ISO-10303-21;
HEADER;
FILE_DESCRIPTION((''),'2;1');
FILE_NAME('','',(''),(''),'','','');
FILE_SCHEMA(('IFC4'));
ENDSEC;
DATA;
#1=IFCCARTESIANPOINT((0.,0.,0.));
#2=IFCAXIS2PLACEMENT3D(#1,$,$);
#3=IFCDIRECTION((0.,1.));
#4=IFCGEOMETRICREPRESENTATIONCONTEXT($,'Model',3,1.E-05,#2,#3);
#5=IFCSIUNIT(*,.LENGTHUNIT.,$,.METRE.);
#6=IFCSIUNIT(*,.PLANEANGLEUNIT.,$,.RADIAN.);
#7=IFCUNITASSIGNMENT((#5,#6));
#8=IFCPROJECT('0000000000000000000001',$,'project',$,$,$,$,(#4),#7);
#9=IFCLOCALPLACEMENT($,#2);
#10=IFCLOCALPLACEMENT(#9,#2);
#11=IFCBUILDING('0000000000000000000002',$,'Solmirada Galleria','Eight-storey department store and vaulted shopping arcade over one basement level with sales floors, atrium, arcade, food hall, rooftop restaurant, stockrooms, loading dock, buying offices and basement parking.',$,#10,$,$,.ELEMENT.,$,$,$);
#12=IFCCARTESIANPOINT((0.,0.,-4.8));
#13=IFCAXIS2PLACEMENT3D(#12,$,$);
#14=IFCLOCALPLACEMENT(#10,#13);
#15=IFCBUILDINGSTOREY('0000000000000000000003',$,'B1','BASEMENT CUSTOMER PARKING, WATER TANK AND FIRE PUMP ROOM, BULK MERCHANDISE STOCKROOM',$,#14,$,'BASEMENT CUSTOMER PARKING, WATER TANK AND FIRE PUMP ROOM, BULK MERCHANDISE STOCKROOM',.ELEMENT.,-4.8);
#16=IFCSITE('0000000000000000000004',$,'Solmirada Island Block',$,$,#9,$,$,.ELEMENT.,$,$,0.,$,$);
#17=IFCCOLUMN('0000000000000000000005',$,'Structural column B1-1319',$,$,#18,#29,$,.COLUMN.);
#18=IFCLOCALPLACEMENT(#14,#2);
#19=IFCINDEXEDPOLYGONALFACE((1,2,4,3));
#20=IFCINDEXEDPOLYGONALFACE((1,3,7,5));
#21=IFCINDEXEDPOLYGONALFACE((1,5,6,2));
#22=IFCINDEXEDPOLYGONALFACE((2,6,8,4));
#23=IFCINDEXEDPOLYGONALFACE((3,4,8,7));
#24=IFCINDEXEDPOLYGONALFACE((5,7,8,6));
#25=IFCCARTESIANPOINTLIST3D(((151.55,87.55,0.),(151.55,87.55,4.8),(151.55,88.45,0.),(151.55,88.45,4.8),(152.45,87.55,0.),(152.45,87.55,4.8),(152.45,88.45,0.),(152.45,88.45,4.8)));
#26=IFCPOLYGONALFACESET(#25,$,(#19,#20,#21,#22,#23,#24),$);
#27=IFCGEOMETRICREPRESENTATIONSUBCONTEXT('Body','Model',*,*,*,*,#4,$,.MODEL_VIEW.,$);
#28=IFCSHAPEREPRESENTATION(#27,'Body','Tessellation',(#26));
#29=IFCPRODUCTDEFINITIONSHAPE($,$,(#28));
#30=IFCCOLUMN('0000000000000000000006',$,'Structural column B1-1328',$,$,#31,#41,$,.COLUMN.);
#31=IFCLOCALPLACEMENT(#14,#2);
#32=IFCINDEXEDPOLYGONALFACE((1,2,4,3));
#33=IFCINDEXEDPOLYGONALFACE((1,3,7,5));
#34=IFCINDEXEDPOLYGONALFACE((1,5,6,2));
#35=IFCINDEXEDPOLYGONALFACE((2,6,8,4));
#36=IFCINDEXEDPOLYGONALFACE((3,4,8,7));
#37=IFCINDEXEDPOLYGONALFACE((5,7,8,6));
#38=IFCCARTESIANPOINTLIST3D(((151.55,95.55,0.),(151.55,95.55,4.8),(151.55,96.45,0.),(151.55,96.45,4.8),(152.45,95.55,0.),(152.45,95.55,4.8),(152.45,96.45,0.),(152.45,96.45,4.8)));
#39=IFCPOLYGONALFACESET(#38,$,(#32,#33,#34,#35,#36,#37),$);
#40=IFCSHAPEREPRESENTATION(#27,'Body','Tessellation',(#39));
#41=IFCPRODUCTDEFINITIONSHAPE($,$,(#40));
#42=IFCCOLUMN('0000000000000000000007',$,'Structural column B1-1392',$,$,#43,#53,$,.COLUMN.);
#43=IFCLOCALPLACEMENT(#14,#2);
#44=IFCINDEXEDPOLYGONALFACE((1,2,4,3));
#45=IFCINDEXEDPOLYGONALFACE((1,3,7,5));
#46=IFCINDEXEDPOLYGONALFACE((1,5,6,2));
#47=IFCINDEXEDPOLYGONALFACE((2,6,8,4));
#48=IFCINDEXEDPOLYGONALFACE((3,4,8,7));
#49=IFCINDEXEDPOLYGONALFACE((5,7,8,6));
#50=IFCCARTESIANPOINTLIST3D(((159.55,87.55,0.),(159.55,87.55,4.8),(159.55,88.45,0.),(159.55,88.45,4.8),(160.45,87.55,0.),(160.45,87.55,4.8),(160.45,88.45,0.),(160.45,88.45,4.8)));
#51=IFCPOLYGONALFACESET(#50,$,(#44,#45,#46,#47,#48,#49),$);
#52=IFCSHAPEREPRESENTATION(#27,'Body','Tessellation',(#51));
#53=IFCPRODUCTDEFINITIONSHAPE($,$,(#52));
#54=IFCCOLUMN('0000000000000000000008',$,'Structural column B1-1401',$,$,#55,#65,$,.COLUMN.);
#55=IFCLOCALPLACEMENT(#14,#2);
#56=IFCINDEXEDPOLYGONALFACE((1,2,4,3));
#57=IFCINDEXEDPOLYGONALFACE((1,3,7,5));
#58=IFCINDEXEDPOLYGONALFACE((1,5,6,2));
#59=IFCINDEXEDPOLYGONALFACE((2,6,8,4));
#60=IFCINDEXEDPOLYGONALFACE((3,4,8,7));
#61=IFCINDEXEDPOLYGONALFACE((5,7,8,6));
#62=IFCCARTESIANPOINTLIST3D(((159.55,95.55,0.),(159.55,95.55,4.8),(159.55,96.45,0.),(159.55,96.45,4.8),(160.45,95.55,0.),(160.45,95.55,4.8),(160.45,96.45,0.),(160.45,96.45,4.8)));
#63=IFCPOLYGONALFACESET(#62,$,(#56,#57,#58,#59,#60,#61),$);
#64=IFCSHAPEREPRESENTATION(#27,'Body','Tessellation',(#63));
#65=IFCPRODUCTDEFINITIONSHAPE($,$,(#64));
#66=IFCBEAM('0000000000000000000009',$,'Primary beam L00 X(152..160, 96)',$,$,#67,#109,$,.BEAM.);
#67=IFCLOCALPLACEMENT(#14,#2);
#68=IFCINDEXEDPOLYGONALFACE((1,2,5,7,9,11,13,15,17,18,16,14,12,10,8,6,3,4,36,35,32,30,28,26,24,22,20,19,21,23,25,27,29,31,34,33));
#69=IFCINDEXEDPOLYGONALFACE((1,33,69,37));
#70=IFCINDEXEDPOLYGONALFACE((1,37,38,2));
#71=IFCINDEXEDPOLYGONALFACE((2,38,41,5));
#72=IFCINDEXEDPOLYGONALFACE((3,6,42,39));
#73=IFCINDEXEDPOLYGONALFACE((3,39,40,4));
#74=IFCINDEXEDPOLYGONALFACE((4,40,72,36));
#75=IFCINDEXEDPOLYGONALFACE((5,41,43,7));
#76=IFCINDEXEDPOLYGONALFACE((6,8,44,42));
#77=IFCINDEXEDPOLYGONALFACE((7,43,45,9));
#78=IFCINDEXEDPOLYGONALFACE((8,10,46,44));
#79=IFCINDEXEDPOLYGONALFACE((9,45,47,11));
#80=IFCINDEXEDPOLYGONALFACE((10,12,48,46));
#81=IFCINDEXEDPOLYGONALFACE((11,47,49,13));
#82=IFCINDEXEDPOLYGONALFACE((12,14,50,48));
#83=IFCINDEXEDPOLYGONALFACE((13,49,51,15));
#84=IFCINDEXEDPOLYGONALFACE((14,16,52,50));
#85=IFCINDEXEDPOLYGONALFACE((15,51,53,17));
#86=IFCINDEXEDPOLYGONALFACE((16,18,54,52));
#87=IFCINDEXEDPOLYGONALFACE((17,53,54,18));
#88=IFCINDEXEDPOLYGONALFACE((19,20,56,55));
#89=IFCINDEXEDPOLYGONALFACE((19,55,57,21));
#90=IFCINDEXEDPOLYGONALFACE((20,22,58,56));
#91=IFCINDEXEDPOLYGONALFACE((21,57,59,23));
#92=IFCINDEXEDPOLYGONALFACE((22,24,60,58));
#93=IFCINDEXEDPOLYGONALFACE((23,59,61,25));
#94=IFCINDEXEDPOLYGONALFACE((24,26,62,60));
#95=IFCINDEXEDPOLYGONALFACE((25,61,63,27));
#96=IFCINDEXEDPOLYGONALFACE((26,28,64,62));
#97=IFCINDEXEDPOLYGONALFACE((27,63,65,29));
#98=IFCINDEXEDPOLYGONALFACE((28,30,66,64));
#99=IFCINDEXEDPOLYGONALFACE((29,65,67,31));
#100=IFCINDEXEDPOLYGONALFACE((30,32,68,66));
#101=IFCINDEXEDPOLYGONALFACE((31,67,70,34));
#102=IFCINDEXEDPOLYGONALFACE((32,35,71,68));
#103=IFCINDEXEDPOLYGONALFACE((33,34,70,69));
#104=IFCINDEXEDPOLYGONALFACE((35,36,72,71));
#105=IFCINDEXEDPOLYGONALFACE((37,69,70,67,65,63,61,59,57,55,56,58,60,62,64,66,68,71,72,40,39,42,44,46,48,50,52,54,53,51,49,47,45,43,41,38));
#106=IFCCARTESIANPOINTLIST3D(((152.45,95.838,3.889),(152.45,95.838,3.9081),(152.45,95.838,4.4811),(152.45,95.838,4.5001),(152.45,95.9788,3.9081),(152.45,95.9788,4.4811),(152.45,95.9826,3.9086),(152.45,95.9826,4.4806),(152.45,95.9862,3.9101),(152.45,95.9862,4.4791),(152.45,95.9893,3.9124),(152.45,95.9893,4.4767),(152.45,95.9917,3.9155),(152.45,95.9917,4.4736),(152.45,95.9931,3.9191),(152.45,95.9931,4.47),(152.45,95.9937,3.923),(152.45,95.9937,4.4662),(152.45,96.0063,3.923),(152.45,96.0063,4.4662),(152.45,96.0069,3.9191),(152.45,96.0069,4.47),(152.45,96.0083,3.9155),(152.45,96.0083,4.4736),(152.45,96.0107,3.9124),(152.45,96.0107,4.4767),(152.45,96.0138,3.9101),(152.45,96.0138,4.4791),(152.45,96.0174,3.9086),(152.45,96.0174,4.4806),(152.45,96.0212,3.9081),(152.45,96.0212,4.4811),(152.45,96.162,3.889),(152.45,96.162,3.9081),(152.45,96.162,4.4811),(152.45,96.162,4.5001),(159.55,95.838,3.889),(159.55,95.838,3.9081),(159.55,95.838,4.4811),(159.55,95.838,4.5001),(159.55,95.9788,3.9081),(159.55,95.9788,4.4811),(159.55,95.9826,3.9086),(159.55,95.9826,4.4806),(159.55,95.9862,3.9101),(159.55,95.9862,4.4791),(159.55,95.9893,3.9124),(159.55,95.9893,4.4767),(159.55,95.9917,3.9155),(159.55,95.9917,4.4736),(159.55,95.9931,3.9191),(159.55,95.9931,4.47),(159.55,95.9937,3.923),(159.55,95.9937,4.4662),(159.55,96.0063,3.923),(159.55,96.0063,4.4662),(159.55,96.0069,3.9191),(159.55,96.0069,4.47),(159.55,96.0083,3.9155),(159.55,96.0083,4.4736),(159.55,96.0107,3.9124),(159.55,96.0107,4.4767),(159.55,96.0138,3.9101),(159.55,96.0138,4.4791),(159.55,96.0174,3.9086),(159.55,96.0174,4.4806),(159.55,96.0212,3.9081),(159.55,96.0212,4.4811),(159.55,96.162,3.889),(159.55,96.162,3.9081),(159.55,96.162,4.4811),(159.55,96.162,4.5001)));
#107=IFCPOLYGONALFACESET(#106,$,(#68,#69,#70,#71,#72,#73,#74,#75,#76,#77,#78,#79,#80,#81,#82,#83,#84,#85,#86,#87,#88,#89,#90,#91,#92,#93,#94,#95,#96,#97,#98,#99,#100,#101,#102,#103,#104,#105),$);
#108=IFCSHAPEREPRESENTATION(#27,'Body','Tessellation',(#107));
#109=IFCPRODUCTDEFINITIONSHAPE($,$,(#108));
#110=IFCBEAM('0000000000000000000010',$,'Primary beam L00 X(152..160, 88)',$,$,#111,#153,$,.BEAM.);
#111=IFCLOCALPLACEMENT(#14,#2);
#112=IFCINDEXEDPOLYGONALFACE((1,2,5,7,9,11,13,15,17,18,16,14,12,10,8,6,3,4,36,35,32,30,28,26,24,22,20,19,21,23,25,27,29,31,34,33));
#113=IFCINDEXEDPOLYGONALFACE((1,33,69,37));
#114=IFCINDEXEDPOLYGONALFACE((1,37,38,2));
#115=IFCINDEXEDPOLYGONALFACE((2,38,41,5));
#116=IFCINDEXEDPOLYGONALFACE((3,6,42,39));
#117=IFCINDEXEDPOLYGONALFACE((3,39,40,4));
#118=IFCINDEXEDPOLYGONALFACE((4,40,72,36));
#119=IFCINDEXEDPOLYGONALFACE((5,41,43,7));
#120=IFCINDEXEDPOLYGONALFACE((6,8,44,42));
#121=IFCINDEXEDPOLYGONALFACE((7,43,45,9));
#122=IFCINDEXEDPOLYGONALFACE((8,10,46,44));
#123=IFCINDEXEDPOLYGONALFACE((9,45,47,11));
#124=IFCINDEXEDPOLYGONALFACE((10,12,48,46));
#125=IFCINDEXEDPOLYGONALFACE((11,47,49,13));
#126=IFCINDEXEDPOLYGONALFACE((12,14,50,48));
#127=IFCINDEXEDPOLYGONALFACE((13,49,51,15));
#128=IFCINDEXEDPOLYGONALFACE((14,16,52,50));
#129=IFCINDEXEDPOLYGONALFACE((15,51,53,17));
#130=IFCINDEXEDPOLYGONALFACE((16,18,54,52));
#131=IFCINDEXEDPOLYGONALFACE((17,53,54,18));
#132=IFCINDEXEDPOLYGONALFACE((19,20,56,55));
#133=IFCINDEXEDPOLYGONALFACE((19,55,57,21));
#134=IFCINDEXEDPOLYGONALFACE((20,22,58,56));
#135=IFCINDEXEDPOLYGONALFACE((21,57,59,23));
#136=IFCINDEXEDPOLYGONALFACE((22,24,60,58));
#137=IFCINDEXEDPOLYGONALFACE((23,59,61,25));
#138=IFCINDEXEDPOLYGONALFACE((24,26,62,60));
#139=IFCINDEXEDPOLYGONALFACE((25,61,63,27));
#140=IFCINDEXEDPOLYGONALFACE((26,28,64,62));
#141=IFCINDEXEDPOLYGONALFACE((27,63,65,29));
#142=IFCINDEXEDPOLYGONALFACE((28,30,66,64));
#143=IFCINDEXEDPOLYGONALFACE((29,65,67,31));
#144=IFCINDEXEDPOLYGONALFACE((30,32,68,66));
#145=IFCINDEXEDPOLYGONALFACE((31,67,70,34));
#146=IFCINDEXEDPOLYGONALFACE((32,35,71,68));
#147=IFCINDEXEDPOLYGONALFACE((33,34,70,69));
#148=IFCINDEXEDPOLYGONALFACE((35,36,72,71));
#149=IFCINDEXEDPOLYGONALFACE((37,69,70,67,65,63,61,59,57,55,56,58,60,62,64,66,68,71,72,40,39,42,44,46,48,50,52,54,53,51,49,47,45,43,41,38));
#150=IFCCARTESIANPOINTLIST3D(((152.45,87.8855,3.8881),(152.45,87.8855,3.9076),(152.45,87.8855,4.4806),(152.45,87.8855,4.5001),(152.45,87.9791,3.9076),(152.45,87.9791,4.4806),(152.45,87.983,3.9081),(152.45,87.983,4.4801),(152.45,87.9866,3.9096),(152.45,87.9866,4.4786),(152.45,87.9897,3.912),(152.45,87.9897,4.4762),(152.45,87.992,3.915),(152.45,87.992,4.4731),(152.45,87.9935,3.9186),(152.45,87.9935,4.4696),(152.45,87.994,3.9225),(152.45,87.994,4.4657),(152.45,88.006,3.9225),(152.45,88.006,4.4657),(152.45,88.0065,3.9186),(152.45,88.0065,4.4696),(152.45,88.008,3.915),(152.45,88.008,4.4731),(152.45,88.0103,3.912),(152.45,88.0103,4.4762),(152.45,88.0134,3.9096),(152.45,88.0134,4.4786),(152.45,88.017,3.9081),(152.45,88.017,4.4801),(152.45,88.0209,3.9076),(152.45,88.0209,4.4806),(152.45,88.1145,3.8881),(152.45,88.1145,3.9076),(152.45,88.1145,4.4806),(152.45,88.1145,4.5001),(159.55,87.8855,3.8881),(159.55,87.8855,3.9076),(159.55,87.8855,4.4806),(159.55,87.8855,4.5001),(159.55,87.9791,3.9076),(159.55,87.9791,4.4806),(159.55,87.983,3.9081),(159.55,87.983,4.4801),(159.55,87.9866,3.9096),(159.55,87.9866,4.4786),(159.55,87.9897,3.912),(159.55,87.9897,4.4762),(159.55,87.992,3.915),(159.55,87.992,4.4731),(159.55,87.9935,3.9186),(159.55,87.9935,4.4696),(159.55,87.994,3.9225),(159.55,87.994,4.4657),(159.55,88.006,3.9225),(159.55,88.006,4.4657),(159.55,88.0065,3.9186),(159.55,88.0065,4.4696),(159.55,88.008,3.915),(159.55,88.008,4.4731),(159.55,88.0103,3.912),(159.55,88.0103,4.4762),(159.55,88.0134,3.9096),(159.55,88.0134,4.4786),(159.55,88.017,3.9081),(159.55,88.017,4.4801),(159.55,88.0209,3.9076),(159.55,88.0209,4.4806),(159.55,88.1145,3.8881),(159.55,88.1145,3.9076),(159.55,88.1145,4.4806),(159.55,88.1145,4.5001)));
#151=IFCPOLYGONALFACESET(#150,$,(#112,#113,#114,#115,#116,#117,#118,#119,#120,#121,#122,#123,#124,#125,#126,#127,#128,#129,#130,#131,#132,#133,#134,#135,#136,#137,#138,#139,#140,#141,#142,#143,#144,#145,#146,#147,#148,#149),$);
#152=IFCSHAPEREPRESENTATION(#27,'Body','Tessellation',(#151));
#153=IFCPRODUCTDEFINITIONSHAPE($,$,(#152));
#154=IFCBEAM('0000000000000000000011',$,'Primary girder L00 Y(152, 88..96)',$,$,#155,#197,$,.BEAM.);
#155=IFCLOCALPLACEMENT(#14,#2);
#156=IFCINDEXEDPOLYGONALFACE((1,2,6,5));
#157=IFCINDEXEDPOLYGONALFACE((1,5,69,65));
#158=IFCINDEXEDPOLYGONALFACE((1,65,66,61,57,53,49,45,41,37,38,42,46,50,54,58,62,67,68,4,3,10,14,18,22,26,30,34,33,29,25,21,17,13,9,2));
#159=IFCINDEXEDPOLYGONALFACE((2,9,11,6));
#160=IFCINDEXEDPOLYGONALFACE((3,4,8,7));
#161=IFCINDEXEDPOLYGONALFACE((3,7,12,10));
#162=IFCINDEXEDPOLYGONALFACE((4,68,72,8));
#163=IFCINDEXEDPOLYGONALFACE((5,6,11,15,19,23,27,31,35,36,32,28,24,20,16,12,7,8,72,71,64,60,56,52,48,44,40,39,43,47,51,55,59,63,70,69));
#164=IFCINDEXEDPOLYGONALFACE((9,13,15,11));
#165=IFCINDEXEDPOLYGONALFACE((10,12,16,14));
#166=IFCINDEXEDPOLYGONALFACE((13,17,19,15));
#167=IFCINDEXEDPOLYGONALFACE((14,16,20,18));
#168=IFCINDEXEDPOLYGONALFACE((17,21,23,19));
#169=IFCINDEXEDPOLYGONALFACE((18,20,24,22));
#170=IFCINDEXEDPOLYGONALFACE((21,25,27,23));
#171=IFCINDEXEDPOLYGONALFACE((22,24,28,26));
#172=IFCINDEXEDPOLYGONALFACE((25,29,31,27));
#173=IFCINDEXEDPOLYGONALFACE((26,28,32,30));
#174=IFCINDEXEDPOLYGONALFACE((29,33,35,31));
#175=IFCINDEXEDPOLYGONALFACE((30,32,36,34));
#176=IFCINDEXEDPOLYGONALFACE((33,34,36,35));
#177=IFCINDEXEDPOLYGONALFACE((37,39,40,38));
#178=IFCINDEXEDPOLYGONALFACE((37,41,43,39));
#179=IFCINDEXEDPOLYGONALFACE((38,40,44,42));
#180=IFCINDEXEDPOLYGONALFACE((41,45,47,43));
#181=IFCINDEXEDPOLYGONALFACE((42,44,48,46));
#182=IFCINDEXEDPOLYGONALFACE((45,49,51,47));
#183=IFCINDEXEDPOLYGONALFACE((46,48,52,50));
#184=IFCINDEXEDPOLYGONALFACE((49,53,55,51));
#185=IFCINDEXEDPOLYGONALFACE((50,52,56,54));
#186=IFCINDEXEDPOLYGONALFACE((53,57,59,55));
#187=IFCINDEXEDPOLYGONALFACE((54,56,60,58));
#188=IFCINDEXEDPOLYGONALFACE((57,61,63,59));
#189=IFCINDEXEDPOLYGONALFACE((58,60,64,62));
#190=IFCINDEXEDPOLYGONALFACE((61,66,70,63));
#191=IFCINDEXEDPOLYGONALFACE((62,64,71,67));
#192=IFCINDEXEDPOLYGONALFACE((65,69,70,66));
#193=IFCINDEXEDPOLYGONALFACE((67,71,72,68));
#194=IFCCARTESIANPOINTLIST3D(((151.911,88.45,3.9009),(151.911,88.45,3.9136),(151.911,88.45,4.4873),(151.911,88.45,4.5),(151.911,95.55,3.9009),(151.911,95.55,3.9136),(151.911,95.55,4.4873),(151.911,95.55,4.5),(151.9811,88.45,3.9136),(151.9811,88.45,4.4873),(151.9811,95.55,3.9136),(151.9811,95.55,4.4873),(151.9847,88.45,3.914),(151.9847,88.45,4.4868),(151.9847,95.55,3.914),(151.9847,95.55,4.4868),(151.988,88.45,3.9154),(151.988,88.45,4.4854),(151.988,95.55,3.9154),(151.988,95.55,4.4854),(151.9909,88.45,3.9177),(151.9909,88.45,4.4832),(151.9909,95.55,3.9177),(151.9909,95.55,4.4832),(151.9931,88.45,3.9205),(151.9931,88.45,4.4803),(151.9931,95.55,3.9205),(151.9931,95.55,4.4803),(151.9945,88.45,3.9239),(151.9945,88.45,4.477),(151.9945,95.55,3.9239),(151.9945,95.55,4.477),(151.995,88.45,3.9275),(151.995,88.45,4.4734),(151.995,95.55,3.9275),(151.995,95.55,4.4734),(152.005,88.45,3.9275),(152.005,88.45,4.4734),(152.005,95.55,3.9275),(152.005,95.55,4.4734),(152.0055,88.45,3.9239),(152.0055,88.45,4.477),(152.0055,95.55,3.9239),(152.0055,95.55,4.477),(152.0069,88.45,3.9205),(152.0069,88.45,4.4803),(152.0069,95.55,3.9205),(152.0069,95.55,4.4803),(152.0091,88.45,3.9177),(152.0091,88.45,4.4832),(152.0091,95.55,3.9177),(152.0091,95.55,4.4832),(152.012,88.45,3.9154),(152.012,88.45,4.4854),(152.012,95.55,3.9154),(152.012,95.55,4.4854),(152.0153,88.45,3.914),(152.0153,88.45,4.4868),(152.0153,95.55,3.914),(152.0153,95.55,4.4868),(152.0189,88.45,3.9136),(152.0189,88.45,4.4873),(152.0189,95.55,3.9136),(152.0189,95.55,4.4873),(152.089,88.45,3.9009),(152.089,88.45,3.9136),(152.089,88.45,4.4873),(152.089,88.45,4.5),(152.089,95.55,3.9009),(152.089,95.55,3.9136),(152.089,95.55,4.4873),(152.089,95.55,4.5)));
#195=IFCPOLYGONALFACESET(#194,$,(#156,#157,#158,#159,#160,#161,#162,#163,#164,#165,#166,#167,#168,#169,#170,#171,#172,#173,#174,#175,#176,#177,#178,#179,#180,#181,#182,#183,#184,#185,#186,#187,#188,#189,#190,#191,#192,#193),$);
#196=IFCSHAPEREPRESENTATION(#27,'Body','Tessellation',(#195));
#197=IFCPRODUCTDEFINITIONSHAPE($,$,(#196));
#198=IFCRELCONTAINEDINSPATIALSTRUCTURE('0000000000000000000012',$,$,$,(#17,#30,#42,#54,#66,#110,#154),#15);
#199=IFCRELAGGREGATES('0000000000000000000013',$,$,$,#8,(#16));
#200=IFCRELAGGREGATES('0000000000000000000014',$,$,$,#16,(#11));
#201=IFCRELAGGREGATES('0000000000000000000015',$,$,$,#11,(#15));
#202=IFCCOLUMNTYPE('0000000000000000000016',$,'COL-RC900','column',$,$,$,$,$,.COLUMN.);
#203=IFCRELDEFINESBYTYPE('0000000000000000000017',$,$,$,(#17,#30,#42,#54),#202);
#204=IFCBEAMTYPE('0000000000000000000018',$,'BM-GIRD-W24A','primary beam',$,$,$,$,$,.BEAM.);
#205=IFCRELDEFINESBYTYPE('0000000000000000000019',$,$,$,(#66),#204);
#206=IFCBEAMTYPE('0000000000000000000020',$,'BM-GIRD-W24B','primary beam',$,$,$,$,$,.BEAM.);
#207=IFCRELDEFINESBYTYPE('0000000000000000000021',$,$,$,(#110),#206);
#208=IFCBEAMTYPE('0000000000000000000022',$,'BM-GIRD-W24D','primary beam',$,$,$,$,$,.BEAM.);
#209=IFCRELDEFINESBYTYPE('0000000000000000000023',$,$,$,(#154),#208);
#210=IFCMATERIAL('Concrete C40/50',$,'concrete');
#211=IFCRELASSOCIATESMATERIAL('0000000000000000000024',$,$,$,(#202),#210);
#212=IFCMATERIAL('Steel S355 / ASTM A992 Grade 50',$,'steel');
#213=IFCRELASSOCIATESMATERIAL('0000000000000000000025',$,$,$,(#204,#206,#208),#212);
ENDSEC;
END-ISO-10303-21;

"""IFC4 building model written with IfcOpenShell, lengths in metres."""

from ifc_helpers import new_model, si_unit, direction, frame, origin, origin_2d, place, context, subcontext, project, spatial, rectangle, i_section, extrude, material, material_profile, profile_set, type_object, element, save


model = new_model("IFC4")

# Units and contexts
model_context = context("Model", 3, precision=1e-05, world=origin(), true_north=direction((0.0, 1.0)))
body_context = subcontext(model_context, "Body", "Model", "MODEL_VIEW")
ifc_project = project(units=[si_unit("LENGTHUNIT", "METRE"), si_unit("PLANEANGLEUNIT", "RADIAN")], contexts=[model_context])

# Site, building, storey
site_placement = place(None, origin())
site = spatial("IfcSite", under=ifc_project, at=site_placement, Name="Solmirada Island Block", CompositionType="ELEMENT", RefElevation=0.0)
building_placement = place(site_placement, origin())
building = spatial("IfcBuilding", under=site, at=building_placement, Name="Solmirada Galleria", Description="Eight-storey department store and vaulted shopping arcade over one basement level with sales floors, atrium, arcade, food hall, rooftop restaurant, stockrooms, loading dock, buying offices and basement parking.", CompositionType="ELEMENT")
storey_placement = place(building_placement, frame((0.0, 0.0, -4.8)))
storey = spatial("IfcBuildingStorey", under=building, at=storey_placement, Name="B1", Description="BASEMENT CUSTOMER PARKING, WATER TANK AND FIRE PUMP ROOM, BULK MERCHANDISE STOCKROOM", LongName="BASEMENT CUSTOMER PARKING, WATER TANK AND FIRE PUMP ROOM, BULK MERCHANDISE STOCKROOM", CompositionType="ELEMENT", Elevation=-4.8)

# Shared definitions
ifc_material_1 = material(Name="Concrete C40/50", Category="concrete")

# Columns
ifc_material_profile_1 = material_profile(ifc_material_1, rectangle(XDim=0.8999, YDim=0.8999, at=origin_2d()), Name="RC900X900")
ifc_profile_set_1 = profile_set([ifc_material_profile_1], Name="Concrete C40/50")
column_type = type_object("IfcColumnType", Name="COL-RC900", Description="column", PredefinedType="COLUMN", material=ifc_profile_set_1)
for number, where, z_axis, x_axis, name in (
    (1, (152.0, 88.0, 0.0), (0.0, 0.0, 1.0), (1.0, 0.0, 0.0), "Structural column B1-1319"),
    (2, (152.0, 96.0, 0.0), (0.0, 0.0, 1.0), (1.0, 0.0, 0.0), "Structural column B1-1328"),
    (3, (160.0, 88.0, 0.0), (0.0, 0.0, 1.0), (1.0, 0.0, 0.0), "Structural column B1-1392"),
    (4, (160.0, 96.0, 0.0), (0.0, 0.0, 1.0), (1.0, 0.0, 0.0), "Structural column B1-1401"),
):
    element("IfcColumn", number, at=place(storey_placement, frame(where, z_axis=z_axis, x_axis=x_axis)), inside=storey, type_object=column_type, Name=name, PredefinedType="COLUMN", context=body_context, shape_type="SweptSolid", body=[
        extrude(rectangle(XDim=0.8999, YDim=0.8999, at=origin_2d()), origin(), (0.0, 0.0, 1.0), 4.8),
    ])

# Beams
ifc_material_2 = material(Name="Steel S355 / ASTM A992 Grade 50", Category="steel")
ifc_material_profile_2 = material_profile(ifc_material_2, i_section(OverallWidth=0.324, OverallDepth=0.6111, WebThickness=0.0127, FlangeThickness=0.019, FilletRadius=0.0149, at=origin_2d()), Name="W24X104")
ifc_profile_set_2 = profile_set([ifc_material_profile_2], Name="Steel S355 / ASTM A992 Grade 50")
beam_type_1 = type_object("IfcBeamType", Name="BM-GIRD-W24A", Description="primary beam", PredefinedType="BEAM", material=ifc_profile_set_2)
beam_1_placement = place(storey_placement, frame((152.45, 96.0, 4.1946), z_axis=(1.0, 0.0, 0.0), x_axis=(0.0, 1.0, 0.0)))
element("IfcBeam", 5, at=beam_1_placement, inside=storey, type_object=beam_type_1, Name="Primary beam L00 X(152..160, 96)", PredefinedType="BEAM", context=body_context, shape_type="SweptSolid", body=[
    extrude(i_section(OverallWidth=0.324, OverallDepth=0.6111, WebThickness=0.0127, FlangeThickness=0.019, FilletRadius=0.0149, at=origin_2d()), origin(), (0.0, 0.0, 1.0), 7.1001),
])
ifc_material_profile_3 = material_profile(ifc_material_2, i_section(OverallWidth=0.229, OverallDepth=0.6121, WebThickness=0.012, FlangeThickness=0.0195, FilletRadius=0.0149, at=origin_2d()), Name="W24X84")
ifc_profile_set_3 = profile_set([ifc_material_profile_3], Name="Steel S355 / ASTM A992 Grade 50")
beam_type_2 = type_object("IfcBeamType", Name="BM-GIRD-W24B", Description="primary beam", PredefinedType="BEAM", material=ifc_profile_set_3)
beam_2_placement = place(storey_placement, frame((152.45, 88.0, 4.1941), z_axis=(1.0, 0.0, 0.0), x_axis=(0.0, 1.0, 0.0)))
element("IfcBeam", 6, at=beam_2_placement, inside=storey, type_object=beam_type_2, Name="Primary beam L00 X(152..160, 88)", PredefinedType="BEAM", context=body_context, shape_type="SweptSolid", body=[
    extrude(i_section(OverallWidth=0.229, OverallDepth=0.6121, WebThickness=0.012, FlangeThickness=0.0195, FilletRadius=0.0149, at=origin_2d()), origin(), (0.0, 0.0, 1.0), 7.1001),
])
ifc_material_profile_4 = material_profile(ifc_material_2, i_section(OverallWidth=0.178, OverallDepth=0.5991, WebThickness=0.01, FlangeThickness=0.0127, FilletRadius=0.0139, at=origin_2d()), Name="W24X55")
ifc_profile_set_4 = profile_set([ifc_material_profile_4], Name="Steel S355 / ASTM A992 Grade 50")
beam_type_3 = type_object("IfcBeamType", Name="BM-GIRD-W24D", Description="primary beam", PredefinedType="BEAM", material=ifc_profile_set_4)
beam_3_placement = place(storey_placement, frame((152.0, 88.45, 4.2004), z_axis=(0.0, 1.0, 0.0), x_axis=(-1.0, 0.0, 0.0)))
element("IfcBeam", 7, at=beam_3_placement, inside=storey, type_object=beam_type_3, Name="Primary girder L00 Y(152, 88..96)", PredefinedType="BEAM", context=body_context, shape_type="SweptSolid", body=[
    extrude(i_section(OverallWidth=0.178, OverallDepth=0.5991, WebThickness=0.01, FlangeThickness=0.0127, FilletRadius=0.0139, at=origin_2d()), origin(), (0.0, 0.0, 1.0), 7.1001),
])

save(model, "model.ifc")
